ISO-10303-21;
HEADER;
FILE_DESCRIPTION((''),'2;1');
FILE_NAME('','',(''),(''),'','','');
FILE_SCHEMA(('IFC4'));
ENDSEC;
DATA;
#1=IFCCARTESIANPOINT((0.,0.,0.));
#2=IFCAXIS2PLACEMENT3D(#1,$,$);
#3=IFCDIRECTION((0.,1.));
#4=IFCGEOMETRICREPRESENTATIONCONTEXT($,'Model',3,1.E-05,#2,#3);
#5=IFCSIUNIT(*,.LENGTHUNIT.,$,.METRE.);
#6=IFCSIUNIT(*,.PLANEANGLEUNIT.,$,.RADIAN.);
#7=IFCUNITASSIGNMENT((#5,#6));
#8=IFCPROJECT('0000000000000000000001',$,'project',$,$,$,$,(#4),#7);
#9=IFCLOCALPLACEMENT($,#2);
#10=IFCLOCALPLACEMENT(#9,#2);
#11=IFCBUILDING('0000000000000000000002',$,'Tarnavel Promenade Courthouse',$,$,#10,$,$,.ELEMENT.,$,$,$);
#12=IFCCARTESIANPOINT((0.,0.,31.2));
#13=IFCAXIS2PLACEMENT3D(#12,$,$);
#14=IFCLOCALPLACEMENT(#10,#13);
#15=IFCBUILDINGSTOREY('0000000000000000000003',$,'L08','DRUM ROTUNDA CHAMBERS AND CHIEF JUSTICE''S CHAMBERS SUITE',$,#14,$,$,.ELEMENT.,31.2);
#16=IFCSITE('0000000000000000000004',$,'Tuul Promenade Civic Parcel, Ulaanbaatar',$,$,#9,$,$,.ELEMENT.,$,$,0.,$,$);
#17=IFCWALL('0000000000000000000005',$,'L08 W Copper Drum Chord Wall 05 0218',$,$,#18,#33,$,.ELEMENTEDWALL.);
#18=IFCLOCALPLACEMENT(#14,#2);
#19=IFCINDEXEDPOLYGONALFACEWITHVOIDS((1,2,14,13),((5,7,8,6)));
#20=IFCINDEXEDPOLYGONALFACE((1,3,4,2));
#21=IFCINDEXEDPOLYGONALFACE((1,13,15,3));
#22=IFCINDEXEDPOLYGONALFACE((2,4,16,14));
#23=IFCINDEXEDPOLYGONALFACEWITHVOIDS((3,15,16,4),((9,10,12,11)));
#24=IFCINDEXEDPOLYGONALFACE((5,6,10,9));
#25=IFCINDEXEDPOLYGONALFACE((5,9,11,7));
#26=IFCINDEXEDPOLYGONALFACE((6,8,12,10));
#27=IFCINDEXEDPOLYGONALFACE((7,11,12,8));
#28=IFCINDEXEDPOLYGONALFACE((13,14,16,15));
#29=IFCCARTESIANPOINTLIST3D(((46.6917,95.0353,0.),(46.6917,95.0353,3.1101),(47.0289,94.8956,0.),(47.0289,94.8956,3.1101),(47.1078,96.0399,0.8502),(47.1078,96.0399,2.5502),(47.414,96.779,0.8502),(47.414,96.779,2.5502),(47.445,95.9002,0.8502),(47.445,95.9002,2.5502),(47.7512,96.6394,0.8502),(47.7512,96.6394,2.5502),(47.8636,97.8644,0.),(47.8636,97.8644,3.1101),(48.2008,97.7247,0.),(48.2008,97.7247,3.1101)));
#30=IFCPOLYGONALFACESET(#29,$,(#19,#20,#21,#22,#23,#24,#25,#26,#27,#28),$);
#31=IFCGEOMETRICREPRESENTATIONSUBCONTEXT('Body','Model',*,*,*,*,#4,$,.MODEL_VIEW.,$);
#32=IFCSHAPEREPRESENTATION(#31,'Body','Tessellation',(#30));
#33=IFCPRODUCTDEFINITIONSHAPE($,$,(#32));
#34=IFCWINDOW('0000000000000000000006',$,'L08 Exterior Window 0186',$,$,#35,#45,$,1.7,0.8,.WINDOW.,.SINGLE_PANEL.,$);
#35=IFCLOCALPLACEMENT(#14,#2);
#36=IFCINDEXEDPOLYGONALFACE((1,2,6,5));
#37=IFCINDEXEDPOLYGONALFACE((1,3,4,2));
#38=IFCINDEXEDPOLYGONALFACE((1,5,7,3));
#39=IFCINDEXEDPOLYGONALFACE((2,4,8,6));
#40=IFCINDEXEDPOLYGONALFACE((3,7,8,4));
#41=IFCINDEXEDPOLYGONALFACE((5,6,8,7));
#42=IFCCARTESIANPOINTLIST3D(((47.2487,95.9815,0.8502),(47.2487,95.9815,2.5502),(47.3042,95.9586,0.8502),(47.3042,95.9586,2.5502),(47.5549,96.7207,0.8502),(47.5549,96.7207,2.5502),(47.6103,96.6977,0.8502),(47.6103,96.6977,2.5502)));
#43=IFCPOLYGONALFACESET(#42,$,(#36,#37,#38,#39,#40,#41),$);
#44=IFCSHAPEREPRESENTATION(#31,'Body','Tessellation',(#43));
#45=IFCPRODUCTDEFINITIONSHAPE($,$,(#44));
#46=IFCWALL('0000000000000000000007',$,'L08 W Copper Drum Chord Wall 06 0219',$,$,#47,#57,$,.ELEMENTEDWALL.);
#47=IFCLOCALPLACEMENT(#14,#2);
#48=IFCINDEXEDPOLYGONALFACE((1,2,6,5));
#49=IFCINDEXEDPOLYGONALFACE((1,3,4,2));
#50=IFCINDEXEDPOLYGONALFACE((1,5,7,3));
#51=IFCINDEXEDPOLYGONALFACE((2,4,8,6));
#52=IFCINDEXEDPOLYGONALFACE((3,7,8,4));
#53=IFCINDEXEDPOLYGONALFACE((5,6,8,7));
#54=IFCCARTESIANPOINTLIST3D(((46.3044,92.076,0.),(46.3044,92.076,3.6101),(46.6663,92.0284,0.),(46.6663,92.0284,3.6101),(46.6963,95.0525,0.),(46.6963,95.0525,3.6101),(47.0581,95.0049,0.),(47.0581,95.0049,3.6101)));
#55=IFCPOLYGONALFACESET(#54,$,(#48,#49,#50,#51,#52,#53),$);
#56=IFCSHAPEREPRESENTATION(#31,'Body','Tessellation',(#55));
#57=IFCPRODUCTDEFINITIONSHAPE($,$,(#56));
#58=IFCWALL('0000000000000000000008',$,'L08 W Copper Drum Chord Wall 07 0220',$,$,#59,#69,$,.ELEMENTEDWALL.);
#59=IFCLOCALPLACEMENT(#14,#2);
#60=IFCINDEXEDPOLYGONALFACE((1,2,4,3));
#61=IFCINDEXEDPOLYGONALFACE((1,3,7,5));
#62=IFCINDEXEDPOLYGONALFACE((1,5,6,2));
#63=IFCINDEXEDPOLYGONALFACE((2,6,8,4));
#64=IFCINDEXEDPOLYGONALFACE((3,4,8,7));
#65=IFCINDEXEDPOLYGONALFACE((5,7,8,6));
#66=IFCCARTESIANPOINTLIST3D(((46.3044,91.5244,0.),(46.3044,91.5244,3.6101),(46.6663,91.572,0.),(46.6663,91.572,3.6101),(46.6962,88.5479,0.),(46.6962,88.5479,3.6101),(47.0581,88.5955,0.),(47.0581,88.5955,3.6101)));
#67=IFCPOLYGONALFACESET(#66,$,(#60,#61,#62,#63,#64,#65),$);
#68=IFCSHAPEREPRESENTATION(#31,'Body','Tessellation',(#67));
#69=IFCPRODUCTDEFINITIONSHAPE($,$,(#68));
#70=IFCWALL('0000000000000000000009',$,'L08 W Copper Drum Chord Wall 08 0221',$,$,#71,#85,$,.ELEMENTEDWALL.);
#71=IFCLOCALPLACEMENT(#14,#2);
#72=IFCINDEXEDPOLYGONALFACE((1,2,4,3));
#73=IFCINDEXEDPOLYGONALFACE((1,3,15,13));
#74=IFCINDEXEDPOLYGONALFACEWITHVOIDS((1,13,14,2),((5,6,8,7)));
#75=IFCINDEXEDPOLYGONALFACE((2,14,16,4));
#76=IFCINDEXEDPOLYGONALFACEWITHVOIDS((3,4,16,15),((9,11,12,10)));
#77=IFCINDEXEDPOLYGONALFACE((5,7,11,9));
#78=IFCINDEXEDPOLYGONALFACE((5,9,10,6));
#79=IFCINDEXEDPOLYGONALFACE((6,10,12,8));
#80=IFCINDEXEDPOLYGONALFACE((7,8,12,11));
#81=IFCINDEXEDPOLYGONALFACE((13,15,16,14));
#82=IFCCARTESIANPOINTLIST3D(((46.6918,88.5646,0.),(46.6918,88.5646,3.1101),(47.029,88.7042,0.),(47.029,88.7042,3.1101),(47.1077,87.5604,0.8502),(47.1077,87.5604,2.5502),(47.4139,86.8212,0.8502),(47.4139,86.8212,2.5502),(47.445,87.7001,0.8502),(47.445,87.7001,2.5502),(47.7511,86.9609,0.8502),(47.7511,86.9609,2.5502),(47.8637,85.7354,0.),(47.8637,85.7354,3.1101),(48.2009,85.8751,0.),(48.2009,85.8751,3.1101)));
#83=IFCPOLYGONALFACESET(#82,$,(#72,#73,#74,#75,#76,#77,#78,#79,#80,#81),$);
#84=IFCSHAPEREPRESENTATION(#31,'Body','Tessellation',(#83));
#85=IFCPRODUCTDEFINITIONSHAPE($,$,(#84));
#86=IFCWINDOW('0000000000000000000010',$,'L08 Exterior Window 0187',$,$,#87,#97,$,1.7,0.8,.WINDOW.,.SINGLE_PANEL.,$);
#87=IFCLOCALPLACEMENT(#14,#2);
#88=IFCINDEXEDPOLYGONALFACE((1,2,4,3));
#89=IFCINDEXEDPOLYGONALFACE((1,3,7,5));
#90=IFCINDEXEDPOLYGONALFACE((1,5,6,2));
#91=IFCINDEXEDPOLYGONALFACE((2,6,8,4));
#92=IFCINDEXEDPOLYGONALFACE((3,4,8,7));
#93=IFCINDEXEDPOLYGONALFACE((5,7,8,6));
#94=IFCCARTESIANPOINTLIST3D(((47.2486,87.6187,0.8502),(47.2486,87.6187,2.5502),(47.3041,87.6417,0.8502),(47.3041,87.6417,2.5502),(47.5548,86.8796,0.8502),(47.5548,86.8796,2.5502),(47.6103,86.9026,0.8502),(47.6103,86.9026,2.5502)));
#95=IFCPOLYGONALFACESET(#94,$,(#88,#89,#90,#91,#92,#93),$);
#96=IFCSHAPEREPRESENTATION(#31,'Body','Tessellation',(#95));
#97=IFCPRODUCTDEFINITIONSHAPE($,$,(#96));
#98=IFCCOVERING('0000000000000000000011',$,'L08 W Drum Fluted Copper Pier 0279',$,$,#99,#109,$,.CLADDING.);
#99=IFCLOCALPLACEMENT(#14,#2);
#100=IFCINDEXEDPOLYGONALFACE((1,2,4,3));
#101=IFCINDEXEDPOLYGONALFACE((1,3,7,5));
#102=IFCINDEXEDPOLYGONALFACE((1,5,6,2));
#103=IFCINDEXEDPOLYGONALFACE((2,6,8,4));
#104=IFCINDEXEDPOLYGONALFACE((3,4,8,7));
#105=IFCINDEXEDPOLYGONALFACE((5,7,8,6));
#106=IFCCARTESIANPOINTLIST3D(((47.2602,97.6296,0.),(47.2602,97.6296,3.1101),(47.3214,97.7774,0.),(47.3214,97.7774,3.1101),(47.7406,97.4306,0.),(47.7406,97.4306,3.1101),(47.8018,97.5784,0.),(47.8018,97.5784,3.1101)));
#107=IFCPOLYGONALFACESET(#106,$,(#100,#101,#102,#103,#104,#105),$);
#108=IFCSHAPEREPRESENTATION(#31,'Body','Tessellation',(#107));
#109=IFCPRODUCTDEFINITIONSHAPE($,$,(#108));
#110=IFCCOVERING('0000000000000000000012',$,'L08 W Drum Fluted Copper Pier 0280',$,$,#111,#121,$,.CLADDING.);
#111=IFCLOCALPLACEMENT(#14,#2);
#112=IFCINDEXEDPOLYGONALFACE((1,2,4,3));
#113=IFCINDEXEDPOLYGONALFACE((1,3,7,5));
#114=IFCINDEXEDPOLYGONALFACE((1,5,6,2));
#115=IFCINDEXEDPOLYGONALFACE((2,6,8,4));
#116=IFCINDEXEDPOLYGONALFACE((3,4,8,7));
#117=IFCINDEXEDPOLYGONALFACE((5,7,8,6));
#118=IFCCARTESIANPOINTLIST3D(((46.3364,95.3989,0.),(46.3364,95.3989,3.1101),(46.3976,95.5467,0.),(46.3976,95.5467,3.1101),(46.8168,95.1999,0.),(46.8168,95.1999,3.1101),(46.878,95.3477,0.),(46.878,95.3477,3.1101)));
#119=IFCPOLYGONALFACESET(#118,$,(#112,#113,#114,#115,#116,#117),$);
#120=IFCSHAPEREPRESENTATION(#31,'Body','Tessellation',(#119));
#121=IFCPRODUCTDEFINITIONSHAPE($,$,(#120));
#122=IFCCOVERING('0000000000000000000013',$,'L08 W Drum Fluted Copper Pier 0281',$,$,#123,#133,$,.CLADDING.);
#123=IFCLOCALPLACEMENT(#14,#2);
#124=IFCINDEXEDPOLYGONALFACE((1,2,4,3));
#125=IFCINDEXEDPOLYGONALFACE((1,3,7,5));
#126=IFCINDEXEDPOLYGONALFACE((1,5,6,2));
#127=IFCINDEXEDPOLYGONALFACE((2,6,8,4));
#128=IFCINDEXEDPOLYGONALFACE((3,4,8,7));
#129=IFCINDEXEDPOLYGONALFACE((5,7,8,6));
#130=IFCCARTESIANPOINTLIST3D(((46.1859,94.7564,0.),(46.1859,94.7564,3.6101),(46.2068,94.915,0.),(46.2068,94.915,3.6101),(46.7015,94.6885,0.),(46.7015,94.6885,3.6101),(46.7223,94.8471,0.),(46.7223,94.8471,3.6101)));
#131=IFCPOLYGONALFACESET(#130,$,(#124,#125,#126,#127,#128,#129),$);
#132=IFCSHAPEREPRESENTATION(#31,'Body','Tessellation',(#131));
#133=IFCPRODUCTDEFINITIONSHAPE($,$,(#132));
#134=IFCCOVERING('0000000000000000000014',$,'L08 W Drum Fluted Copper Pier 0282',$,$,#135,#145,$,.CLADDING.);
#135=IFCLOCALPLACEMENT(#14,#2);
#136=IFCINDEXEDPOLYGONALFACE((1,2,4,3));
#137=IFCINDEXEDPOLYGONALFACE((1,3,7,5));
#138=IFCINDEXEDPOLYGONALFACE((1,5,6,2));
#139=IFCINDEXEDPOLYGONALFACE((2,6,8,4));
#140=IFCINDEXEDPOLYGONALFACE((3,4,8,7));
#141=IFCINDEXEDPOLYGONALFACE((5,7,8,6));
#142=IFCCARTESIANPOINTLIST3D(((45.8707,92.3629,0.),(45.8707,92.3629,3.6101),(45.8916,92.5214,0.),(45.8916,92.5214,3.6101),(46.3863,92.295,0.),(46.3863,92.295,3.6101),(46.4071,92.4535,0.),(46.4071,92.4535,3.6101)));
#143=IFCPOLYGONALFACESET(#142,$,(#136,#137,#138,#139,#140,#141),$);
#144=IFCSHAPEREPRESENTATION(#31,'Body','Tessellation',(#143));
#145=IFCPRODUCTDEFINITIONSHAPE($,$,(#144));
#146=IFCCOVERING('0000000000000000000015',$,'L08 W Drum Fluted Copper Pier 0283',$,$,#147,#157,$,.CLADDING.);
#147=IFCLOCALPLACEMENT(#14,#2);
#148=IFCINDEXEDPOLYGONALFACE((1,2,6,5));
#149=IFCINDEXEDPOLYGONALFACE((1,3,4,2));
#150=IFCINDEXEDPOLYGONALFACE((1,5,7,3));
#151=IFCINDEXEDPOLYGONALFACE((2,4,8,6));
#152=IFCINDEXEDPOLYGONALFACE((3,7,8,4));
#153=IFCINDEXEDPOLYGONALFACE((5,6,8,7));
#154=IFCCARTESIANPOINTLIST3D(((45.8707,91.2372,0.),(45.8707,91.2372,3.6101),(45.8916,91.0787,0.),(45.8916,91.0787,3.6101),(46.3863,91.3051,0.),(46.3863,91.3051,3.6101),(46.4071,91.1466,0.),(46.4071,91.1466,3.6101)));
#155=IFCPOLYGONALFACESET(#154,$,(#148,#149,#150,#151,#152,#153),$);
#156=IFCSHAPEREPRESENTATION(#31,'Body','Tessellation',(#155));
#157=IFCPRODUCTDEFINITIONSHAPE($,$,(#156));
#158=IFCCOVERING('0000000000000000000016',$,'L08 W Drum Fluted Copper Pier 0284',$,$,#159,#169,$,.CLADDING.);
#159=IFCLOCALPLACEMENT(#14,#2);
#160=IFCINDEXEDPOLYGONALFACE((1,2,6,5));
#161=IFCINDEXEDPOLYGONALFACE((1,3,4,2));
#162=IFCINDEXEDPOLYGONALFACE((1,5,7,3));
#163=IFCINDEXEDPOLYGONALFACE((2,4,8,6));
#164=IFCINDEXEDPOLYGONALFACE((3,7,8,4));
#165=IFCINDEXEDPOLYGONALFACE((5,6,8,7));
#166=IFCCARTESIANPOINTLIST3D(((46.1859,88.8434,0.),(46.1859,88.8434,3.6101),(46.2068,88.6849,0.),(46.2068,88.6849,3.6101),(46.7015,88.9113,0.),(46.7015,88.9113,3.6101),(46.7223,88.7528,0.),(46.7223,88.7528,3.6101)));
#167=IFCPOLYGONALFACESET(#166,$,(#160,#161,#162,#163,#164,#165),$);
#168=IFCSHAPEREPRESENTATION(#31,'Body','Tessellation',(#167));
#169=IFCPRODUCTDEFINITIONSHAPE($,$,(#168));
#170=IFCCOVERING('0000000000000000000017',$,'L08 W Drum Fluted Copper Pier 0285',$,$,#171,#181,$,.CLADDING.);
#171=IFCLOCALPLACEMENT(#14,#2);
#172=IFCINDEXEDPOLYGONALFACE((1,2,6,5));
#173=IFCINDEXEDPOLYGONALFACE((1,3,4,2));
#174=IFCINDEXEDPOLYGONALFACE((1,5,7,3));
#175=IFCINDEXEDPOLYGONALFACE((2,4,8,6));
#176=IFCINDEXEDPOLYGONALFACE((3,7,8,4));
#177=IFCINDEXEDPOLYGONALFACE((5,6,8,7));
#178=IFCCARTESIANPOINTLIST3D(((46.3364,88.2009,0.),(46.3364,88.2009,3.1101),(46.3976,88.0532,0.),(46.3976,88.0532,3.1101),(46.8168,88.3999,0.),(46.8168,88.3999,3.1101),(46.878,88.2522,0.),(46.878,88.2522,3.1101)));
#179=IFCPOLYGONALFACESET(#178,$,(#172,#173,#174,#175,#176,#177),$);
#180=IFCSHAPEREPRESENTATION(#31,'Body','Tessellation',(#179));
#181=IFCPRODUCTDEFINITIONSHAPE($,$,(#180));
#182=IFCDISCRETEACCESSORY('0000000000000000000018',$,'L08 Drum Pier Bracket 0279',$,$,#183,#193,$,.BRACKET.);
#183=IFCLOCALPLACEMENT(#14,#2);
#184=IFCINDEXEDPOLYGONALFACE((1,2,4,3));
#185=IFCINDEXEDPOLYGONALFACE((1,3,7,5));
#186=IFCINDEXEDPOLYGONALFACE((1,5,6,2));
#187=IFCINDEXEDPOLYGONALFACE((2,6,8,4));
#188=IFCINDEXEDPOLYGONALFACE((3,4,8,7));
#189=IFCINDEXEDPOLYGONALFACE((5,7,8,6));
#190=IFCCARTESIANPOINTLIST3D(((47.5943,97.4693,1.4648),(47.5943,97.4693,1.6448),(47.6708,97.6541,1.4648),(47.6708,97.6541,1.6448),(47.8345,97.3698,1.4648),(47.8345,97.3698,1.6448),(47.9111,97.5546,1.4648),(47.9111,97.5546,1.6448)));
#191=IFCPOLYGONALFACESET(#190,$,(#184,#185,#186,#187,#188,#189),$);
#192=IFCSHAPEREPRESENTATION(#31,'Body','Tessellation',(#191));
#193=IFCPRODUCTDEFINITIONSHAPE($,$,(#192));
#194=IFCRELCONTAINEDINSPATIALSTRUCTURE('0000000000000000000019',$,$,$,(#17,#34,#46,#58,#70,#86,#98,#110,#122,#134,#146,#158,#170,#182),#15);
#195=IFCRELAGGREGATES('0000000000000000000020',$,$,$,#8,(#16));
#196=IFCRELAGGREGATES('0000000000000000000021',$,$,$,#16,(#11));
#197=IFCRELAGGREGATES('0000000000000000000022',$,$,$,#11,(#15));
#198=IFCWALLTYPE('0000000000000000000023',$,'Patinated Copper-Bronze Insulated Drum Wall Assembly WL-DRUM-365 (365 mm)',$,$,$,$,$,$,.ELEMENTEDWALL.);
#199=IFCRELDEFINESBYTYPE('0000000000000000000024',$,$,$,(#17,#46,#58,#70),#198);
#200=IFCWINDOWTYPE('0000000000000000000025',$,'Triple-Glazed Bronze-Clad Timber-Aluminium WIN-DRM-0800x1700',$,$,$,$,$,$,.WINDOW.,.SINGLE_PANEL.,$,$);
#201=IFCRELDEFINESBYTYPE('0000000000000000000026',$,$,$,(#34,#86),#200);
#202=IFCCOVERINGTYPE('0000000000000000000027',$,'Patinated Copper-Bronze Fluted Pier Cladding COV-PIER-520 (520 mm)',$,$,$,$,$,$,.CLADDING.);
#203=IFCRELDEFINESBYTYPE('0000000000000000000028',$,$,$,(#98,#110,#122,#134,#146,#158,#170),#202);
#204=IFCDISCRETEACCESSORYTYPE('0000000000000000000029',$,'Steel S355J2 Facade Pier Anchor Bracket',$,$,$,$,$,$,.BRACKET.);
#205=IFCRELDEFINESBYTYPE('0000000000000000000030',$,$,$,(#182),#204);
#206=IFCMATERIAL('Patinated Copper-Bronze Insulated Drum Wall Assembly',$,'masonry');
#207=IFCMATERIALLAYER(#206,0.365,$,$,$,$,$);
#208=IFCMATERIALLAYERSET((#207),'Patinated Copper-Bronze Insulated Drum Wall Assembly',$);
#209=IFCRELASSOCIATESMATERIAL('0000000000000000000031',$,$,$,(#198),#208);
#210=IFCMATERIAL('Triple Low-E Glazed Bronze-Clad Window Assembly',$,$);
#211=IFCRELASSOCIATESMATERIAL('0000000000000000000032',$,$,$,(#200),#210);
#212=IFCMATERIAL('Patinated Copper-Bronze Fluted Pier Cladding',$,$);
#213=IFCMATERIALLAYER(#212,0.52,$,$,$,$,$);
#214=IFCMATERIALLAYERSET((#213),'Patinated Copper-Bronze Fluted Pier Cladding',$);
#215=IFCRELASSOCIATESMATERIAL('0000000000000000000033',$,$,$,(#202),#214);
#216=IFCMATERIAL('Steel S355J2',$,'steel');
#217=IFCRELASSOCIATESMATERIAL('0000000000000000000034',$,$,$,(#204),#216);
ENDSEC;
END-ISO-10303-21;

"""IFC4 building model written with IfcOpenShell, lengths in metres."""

from ifc_helpers import new_model, si_unit, direction, frame, frame_2d, origin, origin_2d, place, context, subcontext, project, spatial, rectangle, extrude, material, layer, layer_set, type_object, element, fill, save


model = new_model("IFC4")

# Units and contexts
model_context = context("Model", 3, precision=1e-05, world=origin(), true_north=direction((0.0, 1.0)))
body_context = subcontext(model_context, "Body", "Model", "MODEL_VIEW")
ifc_project = project(units=[si_unit("LENGTHUNIT", "METRE"), si_unit("PLANEANGLEUNIT", "RADIAN")], contexts=[model_context])

# Site, building, storey
site_placement = place(None, origin())
site = spatial("IfcSite", under=ifc_project, at=site_placement, Name="Tuul Promenade Civic Parcel, Ulaanbaatar", CompositionType="ELEMENT", RefElevation=0.0)
building_placement = place(site_placement, origin())
building = spatial("IfcBuilding", under=site, at=building_placement, Name="Tarnavel Promenade Courthouse", CompositionType="ELEMENT")
storey_placement = place(building_placement, frame((0.0, 0.0, 31.2)))
storey = spatial("IfcBuildingStorey", under=building, at=storey_placement, Name="L08", Description="DRUM ROTUNDA CHAMBERS AND CHIEF JUSTICE'S CHAMBERS SUITE", CompositionType="ELEMENT", Elevation=31.2)

# Shared definitions
ifc_material_1 = material(Name="Steel S355J2", Category="steel")

# Wall, opening, window
ifc_material_2 = material(Name="Patinated Copper-Bronze Insulated Drum Wall Assembly", Category="masonry")
ifc_layer_1 = layer(ifc_material_2, 0.365)
ifc_layer_set_1 = layer_set([ifc_layer_1], Name="Patinated Copper-Bronze Insulated Drum Wall Assembly")
wall_type_1 = type_object("IfcWallType", Name="Patinated Copper-Bronze Insulated Drum Wall Assembly WL-DRUM-365 (365 mm)", PredefinedType="ELEMENTEDWALL", material=ifc_layer_set_1)
wall_1_placement = place(storey_placement, frame((48.0322, 97.7947, 0.0), z_axis=(0.0, 0.0, 1.0), x_axis=(-0.38269, -0.923877, 0.0)))
wall_1 = element("IfcWall", 1, at=wall_1_placement, inside=storey, type_object=wall_type_1, Name="L08 W Copper Drum Chord Wall 05 0218", PredefinedType="ELEMENTEDWALL", context=body_context, shape_type="SweptSolid", body=[
    extrude(rectangle(XDim=3.0623, YDim=0.365, at=frame_2d((1.5312, 0.0))), origin(), (0.0, 0.0, 1.0), 3.1101),
])
opening_1_placement = place(wall_1_placement, frame((1.175, 0.0, 0.8501)))
opening_1 = element("IfcOpeningElement", 2, at=opening_1_placement, cuts=wall_1, PredefinedType="OPENING", context=body_context, shape_type="SweptSolid", body=[
    extrude(rectangle(XDim=0.8, YDim=1.7, at=frame_2d((0.3999, 0.8501))), frame((0.0, 0.1924, 0.0), z_axis=(0.0, -1.0, 0.0), x_axis=(1.0, 0.0, 0.0)), (0.0, 0.0, 1.0), 0.385),
])
ifc_material_3 = material(Name="Triple Low-E Glazed Bronze-Clad Window Assembly")
window_type = type_object("IfcWindowType", Name="Triple-Glazed Bronze-Clad Timber-Aluminium WIN-DRM-0800x1700", PartitioningType="SINGLE_PANEL", PredefinedType="WINDOW", material=ifc_material_3)
window_1_placement = place(opening_1_placement, origin())
window_1 = element("IfcWindow", 3, at=window_1_placement, inside=storey, type_object=window_type, Name="L08 Exterior Window 0186", OverallHeight=1.7, OverallWidth=0.8, PartitioningType="SINGLE_PANEL", PredefinedType="WINDOW", context=body_context, shape_type="SweptSolid", body=[
    extrude(rectangle(XDim=0.8, YDim=1.7, at=frame_2d((0.3999, 0.8501))), frame((0.0, 0.03, 0.0), z_axis=(0.0, -1.0, 0.0), x_axis=(1.0, 0.0, 0.0)), (0.0, 0.0, 1.0), 0.0601),
])
fill(opening_1, window_1)

# Walls
for number, where, z_axis, x_axis, name in (
    (4, (46.8772, 95.0286, 0.0), (0.0, 0.0, 1.0), (-0.130518, -0.991446, 0.0), "L08 W Copper Drum Chord Wall 06 0219"),
    (5, (46.4854, 91.5481, 0.0), (0.0, 0.0, 1.0), (0.130518, -0.991446, 0.0), "L08 W Copper Drum Chord Wall 07 0220"),
):
    element("IfcWall", number, at=place(storey_placement, frame(where, z_axis=z_axis, x_axis=x_axis)), inside=storey, type_object=wall_type_1, Name=name, PredefinedType="ELEMENTEDWALL", context=body_context, shape_type="SweptSolid", body=[
        extrude(rectangle(XDim=3.0022, YDim=0.365, at=frame_2d((1.501, 0.0))), origin(), (0.0, 0.0, 1.0), 3.6101),
    ])

# Wall, opening, window
wall_2_placement = place(storey_placement, frame((46.8604, 88.6345, 0.0), z_axis=(0.0, 0.0, 1.0), x_axis=(0.38269, -0.923877, 0.0)))
wall_2 = element("IfcWall", 6, at=wall_2_placement, inside=storey, type_object=wall_type_1, Name="L08 W Copper Drum Chord Wall 08 0221", PredefinedType="ELEMENTEDWALL", context=body_context, shape_type="SweptSolid", body=[
    extrude(rectangle(XDim=3.0623, YDim=0.365, at=frame_2d((1.5312, 0.0))), origin(), (0.0, 0.0, 1.0), 3.1101),
])
opening_2_placement = place(wall_2_placement, frame((1.0872, 0.0, 0.8501)))
opening_2 = element("IfcOpeningElement", 7, at=opening_2_placement, cuts=wall_2, PredefinedType="OPENING", context=body_context, shape_type="SweptSolid", body=[
    extrude(rectangle(XDim=0.8, YDim=1.7, at=frame_2d((0.3999, 0.8501))), frame((0.0, 0.1924, 0.0), z_axis=(0.0, -1.0, 0.0), x_axis=(1.0, 0.0, 0.0)), (0.0, 0.0, 1.0), 0.385),
])
window_2_placement = place(opening_2_placement, origin())
window_2 = element("IfcWindow", 8, at=window_2_placement, inside=storey, type_object=window_type, Name="L08 Exterior Window 0187", OverallHeight=1.7, OverallWidth=0.8, PartitioningType="SINGLE_PANEL", PredefinedType="WINDOW", context=body_context, shape_type="SweptSolid", body=[
    extrude(rectangle(XDim=0.8, YDim=1.7, at=frame_2d((0.3999, 0.8501))), frame((0.0, 0.03, 0.0), z_axis=(0.0, -1.0, 0.0), x_axis=(1.0, 0.0, 0.0)), (0.0, 0.0, 1.0), 0.0601),
])
fill(opening_2, window_2)

# Coverings
ifc_material_4 = material(Name="Patinated Copper-Bronze Fluted Pier Cladding")
ifc_layer_2 = layer(ifc_material_4, 0.52)
ifc_layer_set_2 = layer_set([ifc_layer_2], Name="Patinated Copper-Bronze Fluted Pier Cladding")
covering_type = type_object("IfcCoveringType", Name="Patinated Copper-Bronze Fluted Pier Cladding COV-PIER-520 (520 mm)", PredefinedType="CLADDING", material=ifc_layer_set_2)
for number, where, z_axis, x_axis, name in (
    (9, (47.531, 97.604, 0.0), (0.0, 0.0, 1.0), (-0.382683, -0.92388, 0.0), "L08 W Drum Fluted Copper Pier 0279"),
    (10, (46.6072, 95.3733, 0.0), (0.0, 0.0, 1.0), (-0.382683, -0.92388, 0.0), "L08 W Drum Fluted Copper Pier 0280"),
):
    element("IfcCovering", number, at=place(storey_placement, frame(where, z_axis=z_axis, x_axis=x_axis)), inside=storey, type_object=covering_type, Name=name, PredefinedType="CLADDING", context=body_context, shape_type="SweptSolid", body=[
        extrude(rectangle(XDim=0.1599, YDim=0.52, at=origin_2d()), origin(), (0.0, 0.0, 1.0), 3.1101),
    ])
for number, where, z_axis, x_axis, name in (
    (11, (46.4541, 94.8018, 0.0), (0.0, 0.0, 1.0), (-0.130526, -0.991445, 0.0), "L08 W Drum Fluted Copper Pier 0281"),
    (12, (46.1389, 92.4082, 0.0), (0.0, 0.0, 1.0), (-0.130526, -0.991445, 0.0), "L08 W Drum Fluted Copper Pier 0282"),
    (13, (46.1389, 91.1919, 0.0), (0.0, 0.0, 1.0), (0.130526, -0.991445, 0.0), "L08 W Drum Fluted Copper Pier 0283"),
    (14, (46.4541, 88.7981, 0.0), (0.0, 0.0, 1.0), (0.130526, -0.991445, 0.0), "L08 W Drum Fluted Copper Pier 0284"),
):
    element("IfcCovering", number, at=place(storey_placement, frame(where, z_axis=z_axis, x_axis=x_axis)), inside=storey, type_object=covering_type, Name=name, PredefinedType="CLADDING", context=body_context, shape_type="SweptSolid", body=[
        extrude(rectangle(XDim=0.1599, YDim=0.52, at=origin_2d()), origin(), (0.0, 0.0, 1.0), 3.6101),
    ])
covering_placement = place(storey_placement, frame((46.6072, 88.2266, 0.0), z_axis=(0.0, 0.0, 1.0), x_axis=(0.382683, -0.92388, 0.0)))
element("IfcCovering", 15, at=covering_placement, inside=storey, type_object=covering_type, Name="L08 W Drum Fluted Copper Pier 0285", PredefinedType="CLADDING", context=body_context, shape_type="SweptSolid", body=[
    extrude(rectangle(XDim=0.1599, YDim=0.52, at=origin_2d()), origin(), (0.0, 0.0, 1.0), 3.1101),
])

# Discrete accessory
discrete_accessory_type = type_object("IfcDiscreteAccessoryType", Name="Steel S355J2 Facade Pier Anchor Bracket", PredefinedType="BRACKET", material=ifc_material_1)
for number, where, z_axis, x_axis, name in (
    (16, (47.7527, 97.512, 1.4648), (0.0, 0.0, 1.0), (-0.382683, -0.92388, 0.0), "L08 Drum Pier Bracket 0279"),
):
    element("IfcDiscreteAccessory", number, at=place(storey_placement, frame(where, z_axis=z_axis, x_axis=x_axis)), inside=storey, type_object=discrete_accessory_type, Name=name, PredefinedType="BRACKET", context=body_context, shape_type="SweptSolid", body=[
        extrude(rectangle(XDim=0.2, YDim=0.26, at=origin_2d()), origin(), (0.0, 0.0, 1.0), 0.1799),
    ])

save(model, "model.ifc")
